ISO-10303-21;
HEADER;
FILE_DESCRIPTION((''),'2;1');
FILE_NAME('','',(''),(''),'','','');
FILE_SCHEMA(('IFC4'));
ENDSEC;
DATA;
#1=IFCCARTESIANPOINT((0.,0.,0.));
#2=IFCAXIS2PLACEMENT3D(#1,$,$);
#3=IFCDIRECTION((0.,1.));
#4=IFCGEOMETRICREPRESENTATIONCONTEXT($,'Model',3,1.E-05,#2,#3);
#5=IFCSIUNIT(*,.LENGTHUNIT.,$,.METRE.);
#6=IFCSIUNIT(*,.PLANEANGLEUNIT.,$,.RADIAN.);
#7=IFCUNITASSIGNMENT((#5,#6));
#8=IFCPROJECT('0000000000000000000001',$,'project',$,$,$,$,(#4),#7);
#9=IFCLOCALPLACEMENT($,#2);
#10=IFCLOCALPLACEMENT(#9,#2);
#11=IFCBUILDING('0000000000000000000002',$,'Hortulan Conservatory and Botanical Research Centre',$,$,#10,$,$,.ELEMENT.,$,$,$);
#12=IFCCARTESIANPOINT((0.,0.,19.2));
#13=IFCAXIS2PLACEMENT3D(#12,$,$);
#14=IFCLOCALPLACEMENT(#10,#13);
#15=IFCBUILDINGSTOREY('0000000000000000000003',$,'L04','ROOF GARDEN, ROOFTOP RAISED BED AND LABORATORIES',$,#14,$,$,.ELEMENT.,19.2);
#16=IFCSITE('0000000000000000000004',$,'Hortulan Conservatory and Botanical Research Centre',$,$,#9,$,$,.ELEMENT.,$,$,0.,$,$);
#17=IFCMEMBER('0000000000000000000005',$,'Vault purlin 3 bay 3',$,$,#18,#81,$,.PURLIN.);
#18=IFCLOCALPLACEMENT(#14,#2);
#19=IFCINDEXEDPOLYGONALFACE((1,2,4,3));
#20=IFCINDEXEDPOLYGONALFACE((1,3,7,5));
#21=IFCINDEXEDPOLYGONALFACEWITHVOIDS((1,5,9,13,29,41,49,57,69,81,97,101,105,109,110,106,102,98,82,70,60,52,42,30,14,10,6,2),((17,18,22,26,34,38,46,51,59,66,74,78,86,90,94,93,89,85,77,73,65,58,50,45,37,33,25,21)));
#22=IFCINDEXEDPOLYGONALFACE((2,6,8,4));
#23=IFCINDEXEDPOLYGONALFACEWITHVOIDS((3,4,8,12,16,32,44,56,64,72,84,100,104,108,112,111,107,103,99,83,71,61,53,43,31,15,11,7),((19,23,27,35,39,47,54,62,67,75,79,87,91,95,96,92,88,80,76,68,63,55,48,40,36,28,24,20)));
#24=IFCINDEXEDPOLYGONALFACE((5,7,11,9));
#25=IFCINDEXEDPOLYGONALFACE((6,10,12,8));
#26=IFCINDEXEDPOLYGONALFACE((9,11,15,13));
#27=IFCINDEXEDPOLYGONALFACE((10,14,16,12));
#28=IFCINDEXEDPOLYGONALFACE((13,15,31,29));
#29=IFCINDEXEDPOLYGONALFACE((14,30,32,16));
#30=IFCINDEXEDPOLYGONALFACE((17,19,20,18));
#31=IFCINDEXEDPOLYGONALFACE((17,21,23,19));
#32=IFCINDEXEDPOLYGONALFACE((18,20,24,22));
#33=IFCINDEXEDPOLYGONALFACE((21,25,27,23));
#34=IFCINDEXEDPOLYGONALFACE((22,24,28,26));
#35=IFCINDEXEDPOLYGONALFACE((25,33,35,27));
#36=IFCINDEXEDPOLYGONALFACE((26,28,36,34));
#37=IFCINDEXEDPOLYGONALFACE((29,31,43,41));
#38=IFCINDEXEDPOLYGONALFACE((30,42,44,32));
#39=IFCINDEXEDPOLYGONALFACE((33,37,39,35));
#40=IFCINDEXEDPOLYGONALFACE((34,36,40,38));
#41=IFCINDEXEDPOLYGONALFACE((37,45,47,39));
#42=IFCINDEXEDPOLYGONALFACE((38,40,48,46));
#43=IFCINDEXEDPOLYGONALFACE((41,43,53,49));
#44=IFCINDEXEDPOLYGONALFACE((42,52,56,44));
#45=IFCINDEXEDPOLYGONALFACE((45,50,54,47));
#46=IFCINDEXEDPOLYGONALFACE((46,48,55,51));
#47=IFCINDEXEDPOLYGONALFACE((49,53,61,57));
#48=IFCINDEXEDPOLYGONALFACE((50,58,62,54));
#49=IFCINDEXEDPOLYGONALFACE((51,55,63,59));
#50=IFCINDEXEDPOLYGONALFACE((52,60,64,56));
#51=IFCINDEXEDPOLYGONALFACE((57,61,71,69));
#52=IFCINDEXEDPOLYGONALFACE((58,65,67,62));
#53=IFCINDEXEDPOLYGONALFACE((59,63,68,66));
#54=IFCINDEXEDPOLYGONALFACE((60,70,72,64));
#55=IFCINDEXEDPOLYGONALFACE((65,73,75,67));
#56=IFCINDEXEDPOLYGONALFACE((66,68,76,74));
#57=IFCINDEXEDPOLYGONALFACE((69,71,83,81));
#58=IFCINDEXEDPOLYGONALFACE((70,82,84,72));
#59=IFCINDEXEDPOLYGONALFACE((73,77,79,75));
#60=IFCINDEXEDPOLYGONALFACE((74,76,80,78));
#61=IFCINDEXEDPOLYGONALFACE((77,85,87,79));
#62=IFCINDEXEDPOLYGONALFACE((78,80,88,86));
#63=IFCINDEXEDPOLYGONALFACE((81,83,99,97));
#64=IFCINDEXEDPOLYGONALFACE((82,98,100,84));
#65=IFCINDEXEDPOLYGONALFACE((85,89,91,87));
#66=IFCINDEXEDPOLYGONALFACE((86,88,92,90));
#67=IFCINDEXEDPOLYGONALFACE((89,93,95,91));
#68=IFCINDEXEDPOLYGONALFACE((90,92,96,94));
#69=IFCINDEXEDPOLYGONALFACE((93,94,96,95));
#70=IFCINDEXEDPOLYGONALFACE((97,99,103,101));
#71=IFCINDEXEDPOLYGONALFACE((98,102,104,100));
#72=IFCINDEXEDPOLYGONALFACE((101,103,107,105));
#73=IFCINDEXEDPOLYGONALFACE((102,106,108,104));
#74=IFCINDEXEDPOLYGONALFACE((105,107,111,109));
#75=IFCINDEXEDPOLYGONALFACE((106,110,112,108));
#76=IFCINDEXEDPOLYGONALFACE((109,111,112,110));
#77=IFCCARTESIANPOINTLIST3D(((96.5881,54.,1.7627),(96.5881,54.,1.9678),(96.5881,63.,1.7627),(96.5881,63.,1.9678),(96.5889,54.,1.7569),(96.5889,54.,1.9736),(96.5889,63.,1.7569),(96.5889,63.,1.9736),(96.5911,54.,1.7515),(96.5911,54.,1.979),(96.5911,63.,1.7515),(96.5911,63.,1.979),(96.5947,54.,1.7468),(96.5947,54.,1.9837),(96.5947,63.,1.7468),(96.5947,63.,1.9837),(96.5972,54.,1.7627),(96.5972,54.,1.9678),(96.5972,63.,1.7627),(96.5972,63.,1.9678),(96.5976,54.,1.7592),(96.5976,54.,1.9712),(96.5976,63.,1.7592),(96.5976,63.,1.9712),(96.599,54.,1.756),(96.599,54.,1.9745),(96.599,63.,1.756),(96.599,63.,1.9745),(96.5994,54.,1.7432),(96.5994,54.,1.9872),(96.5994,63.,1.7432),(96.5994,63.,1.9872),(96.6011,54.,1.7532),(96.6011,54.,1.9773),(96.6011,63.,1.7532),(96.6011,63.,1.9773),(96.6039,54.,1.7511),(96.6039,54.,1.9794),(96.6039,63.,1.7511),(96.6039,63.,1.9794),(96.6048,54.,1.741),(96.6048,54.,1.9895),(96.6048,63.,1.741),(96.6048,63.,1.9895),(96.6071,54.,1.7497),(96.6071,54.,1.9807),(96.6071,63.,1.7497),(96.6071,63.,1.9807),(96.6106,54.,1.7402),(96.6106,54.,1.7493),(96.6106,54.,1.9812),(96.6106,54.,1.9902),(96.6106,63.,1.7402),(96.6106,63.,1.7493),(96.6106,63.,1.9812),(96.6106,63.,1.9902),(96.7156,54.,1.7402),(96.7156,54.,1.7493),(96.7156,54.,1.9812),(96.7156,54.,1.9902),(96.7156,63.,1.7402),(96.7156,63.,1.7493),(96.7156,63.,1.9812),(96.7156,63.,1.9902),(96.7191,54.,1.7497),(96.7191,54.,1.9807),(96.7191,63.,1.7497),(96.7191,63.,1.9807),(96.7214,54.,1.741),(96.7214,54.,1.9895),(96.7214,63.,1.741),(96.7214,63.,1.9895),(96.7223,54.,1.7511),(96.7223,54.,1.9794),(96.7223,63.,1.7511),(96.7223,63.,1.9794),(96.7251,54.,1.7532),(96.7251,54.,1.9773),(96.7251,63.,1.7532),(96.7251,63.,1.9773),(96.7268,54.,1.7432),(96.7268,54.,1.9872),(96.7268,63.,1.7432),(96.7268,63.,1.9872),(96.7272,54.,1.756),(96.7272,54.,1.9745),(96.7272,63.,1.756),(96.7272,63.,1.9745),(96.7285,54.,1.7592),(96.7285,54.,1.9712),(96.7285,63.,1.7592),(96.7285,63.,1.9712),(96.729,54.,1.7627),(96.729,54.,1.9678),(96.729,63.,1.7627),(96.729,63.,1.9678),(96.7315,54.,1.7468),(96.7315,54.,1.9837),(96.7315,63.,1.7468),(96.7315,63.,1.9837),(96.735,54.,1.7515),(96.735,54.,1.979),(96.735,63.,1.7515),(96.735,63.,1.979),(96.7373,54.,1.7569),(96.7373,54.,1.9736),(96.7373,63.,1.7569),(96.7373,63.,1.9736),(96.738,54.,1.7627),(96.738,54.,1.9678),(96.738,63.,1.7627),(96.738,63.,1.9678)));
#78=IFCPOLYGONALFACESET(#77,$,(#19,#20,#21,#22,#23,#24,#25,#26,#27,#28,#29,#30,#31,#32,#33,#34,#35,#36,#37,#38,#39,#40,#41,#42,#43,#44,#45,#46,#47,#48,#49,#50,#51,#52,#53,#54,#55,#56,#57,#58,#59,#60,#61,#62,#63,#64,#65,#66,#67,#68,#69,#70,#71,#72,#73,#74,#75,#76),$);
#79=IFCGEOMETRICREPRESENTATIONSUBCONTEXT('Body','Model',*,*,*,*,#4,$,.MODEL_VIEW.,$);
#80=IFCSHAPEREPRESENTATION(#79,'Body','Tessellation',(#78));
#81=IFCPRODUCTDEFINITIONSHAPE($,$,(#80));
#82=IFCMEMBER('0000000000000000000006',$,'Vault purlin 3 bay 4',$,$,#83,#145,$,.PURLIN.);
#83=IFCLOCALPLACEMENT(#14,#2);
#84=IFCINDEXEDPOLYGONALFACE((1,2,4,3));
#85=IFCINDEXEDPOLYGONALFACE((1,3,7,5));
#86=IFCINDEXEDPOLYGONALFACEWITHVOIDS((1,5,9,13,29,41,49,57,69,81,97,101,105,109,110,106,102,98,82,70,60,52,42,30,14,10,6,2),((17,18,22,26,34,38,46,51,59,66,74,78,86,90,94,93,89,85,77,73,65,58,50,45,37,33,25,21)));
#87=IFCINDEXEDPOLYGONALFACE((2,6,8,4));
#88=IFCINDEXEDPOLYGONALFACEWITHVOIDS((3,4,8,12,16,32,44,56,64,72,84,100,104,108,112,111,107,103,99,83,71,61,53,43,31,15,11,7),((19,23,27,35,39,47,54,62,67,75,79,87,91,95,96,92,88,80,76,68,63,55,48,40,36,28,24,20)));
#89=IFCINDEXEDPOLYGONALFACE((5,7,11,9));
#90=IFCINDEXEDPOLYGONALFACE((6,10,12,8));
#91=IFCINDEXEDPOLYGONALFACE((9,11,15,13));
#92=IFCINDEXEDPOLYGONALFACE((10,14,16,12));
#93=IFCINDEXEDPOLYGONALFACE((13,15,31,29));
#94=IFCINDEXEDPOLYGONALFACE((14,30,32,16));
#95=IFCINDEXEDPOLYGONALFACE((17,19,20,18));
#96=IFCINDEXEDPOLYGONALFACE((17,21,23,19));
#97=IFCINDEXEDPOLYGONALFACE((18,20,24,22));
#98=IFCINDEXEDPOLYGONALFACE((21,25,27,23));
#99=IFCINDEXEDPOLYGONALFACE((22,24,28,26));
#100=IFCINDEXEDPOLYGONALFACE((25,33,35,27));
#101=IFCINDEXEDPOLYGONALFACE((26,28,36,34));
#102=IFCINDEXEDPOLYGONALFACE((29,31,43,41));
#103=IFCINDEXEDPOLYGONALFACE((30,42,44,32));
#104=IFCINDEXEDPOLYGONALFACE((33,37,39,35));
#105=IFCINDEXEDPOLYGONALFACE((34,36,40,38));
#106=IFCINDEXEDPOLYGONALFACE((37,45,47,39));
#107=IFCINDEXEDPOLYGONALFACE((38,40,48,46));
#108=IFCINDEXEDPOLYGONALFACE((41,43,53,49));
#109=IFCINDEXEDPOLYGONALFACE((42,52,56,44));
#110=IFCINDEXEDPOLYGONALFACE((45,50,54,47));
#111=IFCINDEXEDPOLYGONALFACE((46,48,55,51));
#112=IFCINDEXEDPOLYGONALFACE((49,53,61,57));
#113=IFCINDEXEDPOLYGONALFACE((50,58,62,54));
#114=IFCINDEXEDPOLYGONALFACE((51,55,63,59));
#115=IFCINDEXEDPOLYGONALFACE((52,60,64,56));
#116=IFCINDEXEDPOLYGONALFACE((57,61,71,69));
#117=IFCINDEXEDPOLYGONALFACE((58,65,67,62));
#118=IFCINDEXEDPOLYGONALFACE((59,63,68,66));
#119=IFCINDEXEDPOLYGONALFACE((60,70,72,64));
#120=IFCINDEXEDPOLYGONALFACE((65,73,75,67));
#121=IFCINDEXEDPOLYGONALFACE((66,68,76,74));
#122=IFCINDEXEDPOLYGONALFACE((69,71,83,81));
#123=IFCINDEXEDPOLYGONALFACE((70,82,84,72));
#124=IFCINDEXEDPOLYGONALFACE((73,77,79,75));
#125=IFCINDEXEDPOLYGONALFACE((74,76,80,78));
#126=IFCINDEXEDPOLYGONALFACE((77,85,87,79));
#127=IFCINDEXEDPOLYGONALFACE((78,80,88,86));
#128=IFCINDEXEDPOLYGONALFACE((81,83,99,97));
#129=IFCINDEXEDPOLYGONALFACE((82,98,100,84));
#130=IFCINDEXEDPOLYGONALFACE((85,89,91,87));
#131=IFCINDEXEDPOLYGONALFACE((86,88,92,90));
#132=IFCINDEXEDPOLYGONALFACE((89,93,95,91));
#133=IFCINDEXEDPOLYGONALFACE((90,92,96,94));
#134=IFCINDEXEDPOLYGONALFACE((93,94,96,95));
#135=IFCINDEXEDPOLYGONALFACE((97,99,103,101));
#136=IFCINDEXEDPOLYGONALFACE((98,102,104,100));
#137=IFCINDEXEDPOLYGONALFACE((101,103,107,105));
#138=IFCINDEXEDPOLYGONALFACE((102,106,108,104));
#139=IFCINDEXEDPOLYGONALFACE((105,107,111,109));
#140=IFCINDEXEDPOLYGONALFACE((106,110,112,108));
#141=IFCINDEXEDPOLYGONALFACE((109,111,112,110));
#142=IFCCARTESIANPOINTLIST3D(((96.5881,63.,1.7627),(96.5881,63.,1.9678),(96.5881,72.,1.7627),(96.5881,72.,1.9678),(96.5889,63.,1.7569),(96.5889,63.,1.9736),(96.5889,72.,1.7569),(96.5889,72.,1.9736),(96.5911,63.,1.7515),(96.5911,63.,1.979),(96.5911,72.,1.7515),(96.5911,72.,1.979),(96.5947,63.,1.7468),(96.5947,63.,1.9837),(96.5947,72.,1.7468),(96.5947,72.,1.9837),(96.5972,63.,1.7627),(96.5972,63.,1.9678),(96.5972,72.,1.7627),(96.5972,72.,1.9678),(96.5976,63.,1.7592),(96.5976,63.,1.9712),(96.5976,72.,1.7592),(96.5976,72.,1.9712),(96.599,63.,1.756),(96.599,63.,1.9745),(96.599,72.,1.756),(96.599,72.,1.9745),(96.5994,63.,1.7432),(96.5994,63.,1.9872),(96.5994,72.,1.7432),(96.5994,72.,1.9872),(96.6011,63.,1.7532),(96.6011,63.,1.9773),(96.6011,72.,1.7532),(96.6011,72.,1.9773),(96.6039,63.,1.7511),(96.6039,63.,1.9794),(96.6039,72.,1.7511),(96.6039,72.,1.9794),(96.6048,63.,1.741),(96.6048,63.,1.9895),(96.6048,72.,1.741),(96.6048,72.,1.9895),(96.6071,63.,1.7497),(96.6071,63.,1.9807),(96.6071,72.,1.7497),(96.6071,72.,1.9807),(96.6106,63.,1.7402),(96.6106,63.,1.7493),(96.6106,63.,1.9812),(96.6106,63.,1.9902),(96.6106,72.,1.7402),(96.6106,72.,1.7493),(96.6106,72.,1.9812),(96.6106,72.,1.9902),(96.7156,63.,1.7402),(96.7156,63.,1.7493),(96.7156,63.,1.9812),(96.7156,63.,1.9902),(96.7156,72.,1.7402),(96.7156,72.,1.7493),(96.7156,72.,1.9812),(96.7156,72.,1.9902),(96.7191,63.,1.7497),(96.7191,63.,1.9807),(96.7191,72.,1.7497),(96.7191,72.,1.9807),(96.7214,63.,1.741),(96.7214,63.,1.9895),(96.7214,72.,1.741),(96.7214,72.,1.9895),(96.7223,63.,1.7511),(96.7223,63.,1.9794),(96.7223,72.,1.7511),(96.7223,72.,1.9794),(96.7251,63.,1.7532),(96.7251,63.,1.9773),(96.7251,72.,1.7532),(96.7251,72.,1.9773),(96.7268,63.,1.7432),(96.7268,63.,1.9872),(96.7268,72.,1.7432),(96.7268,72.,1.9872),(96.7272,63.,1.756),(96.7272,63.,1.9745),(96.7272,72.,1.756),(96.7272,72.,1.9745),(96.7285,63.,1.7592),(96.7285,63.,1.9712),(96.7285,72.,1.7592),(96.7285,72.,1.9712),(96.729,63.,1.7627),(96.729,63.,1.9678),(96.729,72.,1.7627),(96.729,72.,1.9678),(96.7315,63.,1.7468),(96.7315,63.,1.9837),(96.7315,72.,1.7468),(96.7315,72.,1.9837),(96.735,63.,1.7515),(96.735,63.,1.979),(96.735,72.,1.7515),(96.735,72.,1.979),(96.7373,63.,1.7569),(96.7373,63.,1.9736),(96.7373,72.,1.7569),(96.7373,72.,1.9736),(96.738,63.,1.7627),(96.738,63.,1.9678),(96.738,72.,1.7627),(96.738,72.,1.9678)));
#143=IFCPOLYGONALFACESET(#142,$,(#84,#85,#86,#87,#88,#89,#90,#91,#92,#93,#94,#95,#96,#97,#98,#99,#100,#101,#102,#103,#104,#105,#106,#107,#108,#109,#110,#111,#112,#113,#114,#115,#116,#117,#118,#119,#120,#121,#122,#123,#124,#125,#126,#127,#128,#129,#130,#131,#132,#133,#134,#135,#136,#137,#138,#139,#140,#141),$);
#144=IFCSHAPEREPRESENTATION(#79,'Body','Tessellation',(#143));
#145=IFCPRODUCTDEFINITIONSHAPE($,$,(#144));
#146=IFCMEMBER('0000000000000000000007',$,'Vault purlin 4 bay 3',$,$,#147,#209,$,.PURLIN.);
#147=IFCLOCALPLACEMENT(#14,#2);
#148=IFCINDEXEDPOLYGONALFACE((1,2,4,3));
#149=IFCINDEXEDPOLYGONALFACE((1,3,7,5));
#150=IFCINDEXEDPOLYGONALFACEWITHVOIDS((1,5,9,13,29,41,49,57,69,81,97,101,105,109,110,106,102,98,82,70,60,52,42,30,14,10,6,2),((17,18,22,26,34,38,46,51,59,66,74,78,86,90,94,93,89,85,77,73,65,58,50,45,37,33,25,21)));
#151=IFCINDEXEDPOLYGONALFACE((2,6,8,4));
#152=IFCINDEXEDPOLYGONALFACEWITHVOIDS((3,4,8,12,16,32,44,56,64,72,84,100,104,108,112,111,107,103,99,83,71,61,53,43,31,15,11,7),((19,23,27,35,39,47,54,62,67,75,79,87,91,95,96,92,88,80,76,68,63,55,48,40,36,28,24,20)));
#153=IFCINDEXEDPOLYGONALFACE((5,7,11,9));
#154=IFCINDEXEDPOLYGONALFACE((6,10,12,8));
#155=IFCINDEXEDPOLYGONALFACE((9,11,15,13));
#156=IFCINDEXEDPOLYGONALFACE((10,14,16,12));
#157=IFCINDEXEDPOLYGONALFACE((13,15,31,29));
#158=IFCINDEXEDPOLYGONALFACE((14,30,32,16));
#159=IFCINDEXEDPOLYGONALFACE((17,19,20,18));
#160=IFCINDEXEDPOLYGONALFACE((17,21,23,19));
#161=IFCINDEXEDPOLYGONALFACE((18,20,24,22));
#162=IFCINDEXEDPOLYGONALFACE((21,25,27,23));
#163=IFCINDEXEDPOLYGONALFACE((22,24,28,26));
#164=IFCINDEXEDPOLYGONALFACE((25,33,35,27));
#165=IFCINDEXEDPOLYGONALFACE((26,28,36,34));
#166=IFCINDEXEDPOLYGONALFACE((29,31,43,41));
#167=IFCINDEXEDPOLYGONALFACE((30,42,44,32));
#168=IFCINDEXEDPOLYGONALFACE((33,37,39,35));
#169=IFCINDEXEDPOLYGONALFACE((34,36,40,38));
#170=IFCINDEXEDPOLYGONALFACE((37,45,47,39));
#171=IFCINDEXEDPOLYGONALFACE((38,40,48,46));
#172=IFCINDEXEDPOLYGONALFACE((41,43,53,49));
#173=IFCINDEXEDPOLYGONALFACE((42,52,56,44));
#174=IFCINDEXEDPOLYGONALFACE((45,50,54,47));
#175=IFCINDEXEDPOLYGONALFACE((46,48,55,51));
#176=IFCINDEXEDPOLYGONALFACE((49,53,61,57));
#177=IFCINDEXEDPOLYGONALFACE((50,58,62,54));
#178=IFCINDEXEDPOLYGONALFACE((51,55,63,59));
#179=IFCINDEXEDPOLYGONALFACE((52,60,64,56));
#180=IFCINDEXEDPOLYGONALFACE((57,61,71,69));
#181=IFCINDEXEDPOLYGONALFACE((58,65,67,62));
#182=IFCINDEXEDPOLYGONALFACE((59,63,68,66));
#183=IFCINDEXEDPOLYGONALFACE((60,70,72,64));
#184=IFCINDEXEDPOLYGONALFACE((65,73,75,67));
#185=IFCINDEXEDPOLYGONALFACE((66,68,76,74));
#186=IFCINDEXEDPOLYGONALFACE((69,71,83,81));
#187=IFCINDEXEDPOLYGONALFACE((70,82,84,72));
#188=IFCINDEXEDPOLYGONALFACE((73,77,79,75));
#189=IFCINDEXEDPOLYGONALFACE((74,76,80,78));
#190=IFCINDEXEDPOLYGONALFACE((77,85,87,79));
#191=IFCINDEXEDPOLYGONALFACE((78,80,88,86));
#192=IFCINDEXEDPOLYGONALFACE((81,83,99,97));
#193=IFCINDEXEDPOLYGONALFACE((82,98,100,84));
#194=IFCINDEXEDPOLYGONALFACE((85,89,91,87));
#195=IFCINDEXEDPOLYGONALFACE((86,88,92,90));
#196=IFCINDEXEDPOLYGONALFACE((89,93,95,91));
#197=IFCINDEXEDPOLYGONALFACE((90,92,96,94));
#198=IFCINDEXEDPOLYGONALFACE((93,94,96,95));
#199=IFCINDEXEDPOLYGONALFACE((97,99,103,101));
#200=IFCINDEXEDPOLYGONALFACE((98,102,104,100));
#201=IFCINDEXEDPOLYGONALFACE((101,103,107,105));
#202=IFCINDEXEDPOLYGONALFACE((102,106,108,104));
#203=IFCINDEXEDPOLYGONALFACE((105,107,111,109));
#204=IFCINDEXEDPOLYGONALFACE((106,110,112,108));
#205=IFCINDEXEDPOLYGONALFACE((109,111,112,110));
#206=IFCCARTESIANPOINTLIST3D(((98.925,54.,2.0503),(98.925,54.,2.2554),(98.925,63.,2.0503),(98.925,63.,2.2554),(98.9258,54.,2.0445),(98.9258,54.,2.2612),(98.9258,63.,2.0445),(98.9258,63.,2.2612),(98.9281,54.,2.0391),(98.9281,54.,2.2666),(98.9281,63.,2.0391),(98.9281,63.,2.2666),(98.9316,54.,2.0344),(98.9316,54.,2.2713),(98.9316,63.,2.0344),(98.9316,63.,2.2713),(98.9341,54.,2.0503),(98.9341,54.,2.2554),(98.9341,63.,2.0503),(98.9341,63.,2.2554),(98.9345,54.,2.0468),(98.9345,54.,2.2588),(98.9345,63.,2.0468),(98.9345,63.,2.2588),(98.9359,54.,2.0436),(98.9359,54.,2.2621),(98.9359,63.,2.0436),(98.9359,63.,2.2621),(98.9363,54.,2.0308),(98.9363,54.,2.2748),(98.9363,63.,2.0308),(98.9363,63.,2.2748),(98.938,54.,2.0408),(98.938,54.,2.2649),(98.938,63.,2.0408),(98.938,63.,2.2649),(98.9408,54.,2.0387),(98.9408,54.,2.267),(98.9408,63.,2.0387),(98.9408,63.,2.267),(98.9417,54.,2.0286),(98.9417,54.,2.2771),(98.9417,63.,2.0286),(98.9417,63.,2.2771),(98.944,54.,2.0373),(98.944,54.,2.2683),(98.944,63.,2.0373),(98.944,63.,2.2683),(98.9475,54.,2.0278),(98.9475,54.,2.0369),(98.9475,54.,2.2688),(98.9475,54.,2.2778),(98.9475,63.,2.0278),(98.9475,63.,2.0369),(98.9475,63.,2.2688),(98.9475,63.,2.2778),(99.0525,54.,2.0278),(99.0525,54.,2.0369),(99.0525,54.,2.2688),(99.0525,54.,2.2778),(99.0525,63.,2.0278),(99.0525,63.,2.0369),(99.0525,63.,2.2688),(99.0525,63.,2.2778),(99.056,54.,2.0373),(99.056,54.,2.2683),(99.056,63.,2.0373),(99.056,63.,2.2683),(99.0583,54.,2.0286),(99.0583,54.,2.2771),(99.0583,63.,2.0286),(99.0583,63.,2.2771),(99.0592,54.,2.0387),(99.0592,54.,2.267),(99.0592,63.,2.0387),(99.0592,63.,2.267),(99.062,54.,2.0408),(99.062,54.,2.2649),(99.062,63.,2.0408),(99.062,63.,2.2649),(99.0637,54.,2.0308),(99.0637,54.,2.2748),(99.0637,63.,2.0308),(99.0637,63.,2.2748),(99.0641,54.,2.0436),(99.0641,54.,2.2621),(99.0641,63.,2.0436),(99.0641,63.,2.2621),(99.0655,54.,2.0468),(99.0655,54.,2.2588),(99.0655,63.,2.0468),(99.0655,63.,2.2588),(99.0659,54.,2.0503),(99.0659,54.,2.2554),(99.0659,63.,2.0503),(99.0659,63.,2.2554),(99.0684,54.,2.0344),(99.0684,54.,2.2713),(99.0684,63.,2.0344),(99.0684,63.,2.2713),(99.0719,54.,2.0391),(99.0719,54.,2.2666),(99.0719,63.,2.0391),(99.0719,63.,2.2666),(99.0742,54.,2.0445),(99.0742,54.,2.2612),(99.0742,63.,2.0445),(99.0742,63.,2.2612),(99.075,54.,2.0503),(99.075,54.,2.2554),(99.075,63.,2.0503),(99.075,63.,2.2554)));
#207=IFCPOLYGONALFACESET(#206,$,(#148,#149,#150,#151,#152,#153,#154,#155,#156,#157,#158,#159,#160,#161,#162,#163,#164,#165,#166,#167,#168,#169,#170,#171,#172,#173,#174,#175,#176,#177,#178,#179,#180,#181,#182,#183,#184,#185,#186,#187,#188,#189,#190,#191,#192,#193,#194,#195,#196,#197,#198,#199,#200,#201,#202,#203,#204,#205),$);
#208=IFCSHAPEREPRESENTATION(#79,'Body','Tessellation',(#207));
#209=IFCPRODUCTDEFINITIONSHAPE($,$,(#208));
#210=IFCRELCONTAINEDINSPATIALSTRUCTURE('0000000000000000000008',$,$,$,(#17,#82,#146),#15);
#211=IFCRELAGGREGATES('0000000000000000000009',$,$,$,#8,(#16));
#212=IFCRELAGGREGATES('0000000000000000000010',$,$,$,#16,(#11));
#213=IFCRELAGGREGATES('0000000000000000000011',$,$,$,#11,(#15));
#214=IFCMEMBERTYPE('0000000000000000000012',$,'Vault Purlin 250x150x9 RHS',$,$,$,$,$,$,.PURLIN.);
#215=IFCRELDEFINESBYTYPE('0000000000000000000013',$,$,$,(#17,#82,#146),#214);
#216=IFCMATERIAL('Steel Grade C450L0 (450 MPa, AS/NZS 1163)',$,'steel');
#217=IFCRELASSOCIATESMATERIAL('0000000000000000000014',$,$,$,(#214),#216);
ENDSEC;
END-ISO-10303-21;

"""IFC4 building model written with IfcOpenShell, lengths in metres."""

from ifc_helpers import new_model, si_unit, direction, frame, origin, origin_2d, place, context, subcontext, project, spatial, hollow_rectangle, extrude, material, material_profile, profile_set, type_object, element, save


model = new_model("IFC4")

# Units and contexts
model_context = context("Model", 3, precision=1e-05, world=origin(), true_north=direction((0.0, 1.0)))
body_context = subcontext(model_context, "Body", "Model", "MODEL_VIEW")
ifc_project = project(units=[si_unit("LENGTHUNIT", "METRE"), si_unit("PLANEANGLEUNIT", "RADIAN")], contexts=[model_context])

# Site, building, storey
site_placement = place(None, origin())
site = spatial("IfcSite", under=ifc_project, at=site_placement, Name="Hortulan Conservatory and Botanical Research Centre", CompositionType="ELEMENT", RefElevation=0.0)
building_placement = place(site_placement, origin())
building = spatial("IfcBuilding", under=site, at=building_placement, Name="Hortulan Conservatory and Botanical Research Centre", CompositionType="ELEMENT")
storey_placement = place(building_placement, frame((0.0, 0.0, 19.2)))
storey = spatial("IfcBuildingStorey", under=building, at=storey_placement, Name="L04", Description="ROOF GARDEN, ROOFTOP RAISED BED AND LABORATORIES", CompositionType="ELEMENT", Elevation=19.2)

# Members
ifc_material_1 = material(Name="Steel Grade C450L0 (450 MPa, AS/NZS 1163)", Category="steel")
ifc_material_profile_1 = material_profile(ifc_material_1, hollow_rectangle(XDim=0.1499, YDim=0.25, WallThickness=0.009, InnerFilletRadius=0.0134, OuterFilletRadius=0.0225, at=origin_2d()), Name="250x150x9RHS")
ifc_profile_set_1 = profile_set([ifc_material_profile_1], Name="Steel Grade C450L0 (450 MPa, AS/NZS 1163)")
member_type_1 = type_object("IfcMemberType", Name="Vault Purlin 250x150x9 RHS", PredefinedType="PURLIN", material=ifc_profile_set_1)
for number, where, z_axis, x_axis, name in (
    (1, (96.6631, 54.0, 1.8652), (0.0, 1.0, 0.0), (-1.0, 0.0, 0.0), "Vault purlin 3 bay 3"),
    (2, (96.6631, 63.0, 1.8652), (0.0, 1.0, 0.0), (-1.0, 0.0, 0.0), "Vault purlin 3 bay 4"),
    (3, (99.0, 54.0, 2.1528), (0.0, 1.0, 0.0), (-1.0, 0.0, 0.0), "Vault purlin 4 bay 3"),
):
    element("IfcMember", number, at=place(storey_placement, frame(where, z_axis=z_axis, x_axis=x_axis)), inside=storey, type_object=member_type_1, Name=name, PredefinedType="PURLIN", context=body_context, shape_type="SweptSolid", body=[
        extrude(hollow_rectangle(XDim=0.1499, YDim=0.25, WallThickness=0.009, InnerFilletRadius=0.0134, OuterFilletRadius=0.0225, at=origin_2d()), origin(), (0.0, 0.0, 1.0), 9.0),
    ])

save(model, "model.ifc")
